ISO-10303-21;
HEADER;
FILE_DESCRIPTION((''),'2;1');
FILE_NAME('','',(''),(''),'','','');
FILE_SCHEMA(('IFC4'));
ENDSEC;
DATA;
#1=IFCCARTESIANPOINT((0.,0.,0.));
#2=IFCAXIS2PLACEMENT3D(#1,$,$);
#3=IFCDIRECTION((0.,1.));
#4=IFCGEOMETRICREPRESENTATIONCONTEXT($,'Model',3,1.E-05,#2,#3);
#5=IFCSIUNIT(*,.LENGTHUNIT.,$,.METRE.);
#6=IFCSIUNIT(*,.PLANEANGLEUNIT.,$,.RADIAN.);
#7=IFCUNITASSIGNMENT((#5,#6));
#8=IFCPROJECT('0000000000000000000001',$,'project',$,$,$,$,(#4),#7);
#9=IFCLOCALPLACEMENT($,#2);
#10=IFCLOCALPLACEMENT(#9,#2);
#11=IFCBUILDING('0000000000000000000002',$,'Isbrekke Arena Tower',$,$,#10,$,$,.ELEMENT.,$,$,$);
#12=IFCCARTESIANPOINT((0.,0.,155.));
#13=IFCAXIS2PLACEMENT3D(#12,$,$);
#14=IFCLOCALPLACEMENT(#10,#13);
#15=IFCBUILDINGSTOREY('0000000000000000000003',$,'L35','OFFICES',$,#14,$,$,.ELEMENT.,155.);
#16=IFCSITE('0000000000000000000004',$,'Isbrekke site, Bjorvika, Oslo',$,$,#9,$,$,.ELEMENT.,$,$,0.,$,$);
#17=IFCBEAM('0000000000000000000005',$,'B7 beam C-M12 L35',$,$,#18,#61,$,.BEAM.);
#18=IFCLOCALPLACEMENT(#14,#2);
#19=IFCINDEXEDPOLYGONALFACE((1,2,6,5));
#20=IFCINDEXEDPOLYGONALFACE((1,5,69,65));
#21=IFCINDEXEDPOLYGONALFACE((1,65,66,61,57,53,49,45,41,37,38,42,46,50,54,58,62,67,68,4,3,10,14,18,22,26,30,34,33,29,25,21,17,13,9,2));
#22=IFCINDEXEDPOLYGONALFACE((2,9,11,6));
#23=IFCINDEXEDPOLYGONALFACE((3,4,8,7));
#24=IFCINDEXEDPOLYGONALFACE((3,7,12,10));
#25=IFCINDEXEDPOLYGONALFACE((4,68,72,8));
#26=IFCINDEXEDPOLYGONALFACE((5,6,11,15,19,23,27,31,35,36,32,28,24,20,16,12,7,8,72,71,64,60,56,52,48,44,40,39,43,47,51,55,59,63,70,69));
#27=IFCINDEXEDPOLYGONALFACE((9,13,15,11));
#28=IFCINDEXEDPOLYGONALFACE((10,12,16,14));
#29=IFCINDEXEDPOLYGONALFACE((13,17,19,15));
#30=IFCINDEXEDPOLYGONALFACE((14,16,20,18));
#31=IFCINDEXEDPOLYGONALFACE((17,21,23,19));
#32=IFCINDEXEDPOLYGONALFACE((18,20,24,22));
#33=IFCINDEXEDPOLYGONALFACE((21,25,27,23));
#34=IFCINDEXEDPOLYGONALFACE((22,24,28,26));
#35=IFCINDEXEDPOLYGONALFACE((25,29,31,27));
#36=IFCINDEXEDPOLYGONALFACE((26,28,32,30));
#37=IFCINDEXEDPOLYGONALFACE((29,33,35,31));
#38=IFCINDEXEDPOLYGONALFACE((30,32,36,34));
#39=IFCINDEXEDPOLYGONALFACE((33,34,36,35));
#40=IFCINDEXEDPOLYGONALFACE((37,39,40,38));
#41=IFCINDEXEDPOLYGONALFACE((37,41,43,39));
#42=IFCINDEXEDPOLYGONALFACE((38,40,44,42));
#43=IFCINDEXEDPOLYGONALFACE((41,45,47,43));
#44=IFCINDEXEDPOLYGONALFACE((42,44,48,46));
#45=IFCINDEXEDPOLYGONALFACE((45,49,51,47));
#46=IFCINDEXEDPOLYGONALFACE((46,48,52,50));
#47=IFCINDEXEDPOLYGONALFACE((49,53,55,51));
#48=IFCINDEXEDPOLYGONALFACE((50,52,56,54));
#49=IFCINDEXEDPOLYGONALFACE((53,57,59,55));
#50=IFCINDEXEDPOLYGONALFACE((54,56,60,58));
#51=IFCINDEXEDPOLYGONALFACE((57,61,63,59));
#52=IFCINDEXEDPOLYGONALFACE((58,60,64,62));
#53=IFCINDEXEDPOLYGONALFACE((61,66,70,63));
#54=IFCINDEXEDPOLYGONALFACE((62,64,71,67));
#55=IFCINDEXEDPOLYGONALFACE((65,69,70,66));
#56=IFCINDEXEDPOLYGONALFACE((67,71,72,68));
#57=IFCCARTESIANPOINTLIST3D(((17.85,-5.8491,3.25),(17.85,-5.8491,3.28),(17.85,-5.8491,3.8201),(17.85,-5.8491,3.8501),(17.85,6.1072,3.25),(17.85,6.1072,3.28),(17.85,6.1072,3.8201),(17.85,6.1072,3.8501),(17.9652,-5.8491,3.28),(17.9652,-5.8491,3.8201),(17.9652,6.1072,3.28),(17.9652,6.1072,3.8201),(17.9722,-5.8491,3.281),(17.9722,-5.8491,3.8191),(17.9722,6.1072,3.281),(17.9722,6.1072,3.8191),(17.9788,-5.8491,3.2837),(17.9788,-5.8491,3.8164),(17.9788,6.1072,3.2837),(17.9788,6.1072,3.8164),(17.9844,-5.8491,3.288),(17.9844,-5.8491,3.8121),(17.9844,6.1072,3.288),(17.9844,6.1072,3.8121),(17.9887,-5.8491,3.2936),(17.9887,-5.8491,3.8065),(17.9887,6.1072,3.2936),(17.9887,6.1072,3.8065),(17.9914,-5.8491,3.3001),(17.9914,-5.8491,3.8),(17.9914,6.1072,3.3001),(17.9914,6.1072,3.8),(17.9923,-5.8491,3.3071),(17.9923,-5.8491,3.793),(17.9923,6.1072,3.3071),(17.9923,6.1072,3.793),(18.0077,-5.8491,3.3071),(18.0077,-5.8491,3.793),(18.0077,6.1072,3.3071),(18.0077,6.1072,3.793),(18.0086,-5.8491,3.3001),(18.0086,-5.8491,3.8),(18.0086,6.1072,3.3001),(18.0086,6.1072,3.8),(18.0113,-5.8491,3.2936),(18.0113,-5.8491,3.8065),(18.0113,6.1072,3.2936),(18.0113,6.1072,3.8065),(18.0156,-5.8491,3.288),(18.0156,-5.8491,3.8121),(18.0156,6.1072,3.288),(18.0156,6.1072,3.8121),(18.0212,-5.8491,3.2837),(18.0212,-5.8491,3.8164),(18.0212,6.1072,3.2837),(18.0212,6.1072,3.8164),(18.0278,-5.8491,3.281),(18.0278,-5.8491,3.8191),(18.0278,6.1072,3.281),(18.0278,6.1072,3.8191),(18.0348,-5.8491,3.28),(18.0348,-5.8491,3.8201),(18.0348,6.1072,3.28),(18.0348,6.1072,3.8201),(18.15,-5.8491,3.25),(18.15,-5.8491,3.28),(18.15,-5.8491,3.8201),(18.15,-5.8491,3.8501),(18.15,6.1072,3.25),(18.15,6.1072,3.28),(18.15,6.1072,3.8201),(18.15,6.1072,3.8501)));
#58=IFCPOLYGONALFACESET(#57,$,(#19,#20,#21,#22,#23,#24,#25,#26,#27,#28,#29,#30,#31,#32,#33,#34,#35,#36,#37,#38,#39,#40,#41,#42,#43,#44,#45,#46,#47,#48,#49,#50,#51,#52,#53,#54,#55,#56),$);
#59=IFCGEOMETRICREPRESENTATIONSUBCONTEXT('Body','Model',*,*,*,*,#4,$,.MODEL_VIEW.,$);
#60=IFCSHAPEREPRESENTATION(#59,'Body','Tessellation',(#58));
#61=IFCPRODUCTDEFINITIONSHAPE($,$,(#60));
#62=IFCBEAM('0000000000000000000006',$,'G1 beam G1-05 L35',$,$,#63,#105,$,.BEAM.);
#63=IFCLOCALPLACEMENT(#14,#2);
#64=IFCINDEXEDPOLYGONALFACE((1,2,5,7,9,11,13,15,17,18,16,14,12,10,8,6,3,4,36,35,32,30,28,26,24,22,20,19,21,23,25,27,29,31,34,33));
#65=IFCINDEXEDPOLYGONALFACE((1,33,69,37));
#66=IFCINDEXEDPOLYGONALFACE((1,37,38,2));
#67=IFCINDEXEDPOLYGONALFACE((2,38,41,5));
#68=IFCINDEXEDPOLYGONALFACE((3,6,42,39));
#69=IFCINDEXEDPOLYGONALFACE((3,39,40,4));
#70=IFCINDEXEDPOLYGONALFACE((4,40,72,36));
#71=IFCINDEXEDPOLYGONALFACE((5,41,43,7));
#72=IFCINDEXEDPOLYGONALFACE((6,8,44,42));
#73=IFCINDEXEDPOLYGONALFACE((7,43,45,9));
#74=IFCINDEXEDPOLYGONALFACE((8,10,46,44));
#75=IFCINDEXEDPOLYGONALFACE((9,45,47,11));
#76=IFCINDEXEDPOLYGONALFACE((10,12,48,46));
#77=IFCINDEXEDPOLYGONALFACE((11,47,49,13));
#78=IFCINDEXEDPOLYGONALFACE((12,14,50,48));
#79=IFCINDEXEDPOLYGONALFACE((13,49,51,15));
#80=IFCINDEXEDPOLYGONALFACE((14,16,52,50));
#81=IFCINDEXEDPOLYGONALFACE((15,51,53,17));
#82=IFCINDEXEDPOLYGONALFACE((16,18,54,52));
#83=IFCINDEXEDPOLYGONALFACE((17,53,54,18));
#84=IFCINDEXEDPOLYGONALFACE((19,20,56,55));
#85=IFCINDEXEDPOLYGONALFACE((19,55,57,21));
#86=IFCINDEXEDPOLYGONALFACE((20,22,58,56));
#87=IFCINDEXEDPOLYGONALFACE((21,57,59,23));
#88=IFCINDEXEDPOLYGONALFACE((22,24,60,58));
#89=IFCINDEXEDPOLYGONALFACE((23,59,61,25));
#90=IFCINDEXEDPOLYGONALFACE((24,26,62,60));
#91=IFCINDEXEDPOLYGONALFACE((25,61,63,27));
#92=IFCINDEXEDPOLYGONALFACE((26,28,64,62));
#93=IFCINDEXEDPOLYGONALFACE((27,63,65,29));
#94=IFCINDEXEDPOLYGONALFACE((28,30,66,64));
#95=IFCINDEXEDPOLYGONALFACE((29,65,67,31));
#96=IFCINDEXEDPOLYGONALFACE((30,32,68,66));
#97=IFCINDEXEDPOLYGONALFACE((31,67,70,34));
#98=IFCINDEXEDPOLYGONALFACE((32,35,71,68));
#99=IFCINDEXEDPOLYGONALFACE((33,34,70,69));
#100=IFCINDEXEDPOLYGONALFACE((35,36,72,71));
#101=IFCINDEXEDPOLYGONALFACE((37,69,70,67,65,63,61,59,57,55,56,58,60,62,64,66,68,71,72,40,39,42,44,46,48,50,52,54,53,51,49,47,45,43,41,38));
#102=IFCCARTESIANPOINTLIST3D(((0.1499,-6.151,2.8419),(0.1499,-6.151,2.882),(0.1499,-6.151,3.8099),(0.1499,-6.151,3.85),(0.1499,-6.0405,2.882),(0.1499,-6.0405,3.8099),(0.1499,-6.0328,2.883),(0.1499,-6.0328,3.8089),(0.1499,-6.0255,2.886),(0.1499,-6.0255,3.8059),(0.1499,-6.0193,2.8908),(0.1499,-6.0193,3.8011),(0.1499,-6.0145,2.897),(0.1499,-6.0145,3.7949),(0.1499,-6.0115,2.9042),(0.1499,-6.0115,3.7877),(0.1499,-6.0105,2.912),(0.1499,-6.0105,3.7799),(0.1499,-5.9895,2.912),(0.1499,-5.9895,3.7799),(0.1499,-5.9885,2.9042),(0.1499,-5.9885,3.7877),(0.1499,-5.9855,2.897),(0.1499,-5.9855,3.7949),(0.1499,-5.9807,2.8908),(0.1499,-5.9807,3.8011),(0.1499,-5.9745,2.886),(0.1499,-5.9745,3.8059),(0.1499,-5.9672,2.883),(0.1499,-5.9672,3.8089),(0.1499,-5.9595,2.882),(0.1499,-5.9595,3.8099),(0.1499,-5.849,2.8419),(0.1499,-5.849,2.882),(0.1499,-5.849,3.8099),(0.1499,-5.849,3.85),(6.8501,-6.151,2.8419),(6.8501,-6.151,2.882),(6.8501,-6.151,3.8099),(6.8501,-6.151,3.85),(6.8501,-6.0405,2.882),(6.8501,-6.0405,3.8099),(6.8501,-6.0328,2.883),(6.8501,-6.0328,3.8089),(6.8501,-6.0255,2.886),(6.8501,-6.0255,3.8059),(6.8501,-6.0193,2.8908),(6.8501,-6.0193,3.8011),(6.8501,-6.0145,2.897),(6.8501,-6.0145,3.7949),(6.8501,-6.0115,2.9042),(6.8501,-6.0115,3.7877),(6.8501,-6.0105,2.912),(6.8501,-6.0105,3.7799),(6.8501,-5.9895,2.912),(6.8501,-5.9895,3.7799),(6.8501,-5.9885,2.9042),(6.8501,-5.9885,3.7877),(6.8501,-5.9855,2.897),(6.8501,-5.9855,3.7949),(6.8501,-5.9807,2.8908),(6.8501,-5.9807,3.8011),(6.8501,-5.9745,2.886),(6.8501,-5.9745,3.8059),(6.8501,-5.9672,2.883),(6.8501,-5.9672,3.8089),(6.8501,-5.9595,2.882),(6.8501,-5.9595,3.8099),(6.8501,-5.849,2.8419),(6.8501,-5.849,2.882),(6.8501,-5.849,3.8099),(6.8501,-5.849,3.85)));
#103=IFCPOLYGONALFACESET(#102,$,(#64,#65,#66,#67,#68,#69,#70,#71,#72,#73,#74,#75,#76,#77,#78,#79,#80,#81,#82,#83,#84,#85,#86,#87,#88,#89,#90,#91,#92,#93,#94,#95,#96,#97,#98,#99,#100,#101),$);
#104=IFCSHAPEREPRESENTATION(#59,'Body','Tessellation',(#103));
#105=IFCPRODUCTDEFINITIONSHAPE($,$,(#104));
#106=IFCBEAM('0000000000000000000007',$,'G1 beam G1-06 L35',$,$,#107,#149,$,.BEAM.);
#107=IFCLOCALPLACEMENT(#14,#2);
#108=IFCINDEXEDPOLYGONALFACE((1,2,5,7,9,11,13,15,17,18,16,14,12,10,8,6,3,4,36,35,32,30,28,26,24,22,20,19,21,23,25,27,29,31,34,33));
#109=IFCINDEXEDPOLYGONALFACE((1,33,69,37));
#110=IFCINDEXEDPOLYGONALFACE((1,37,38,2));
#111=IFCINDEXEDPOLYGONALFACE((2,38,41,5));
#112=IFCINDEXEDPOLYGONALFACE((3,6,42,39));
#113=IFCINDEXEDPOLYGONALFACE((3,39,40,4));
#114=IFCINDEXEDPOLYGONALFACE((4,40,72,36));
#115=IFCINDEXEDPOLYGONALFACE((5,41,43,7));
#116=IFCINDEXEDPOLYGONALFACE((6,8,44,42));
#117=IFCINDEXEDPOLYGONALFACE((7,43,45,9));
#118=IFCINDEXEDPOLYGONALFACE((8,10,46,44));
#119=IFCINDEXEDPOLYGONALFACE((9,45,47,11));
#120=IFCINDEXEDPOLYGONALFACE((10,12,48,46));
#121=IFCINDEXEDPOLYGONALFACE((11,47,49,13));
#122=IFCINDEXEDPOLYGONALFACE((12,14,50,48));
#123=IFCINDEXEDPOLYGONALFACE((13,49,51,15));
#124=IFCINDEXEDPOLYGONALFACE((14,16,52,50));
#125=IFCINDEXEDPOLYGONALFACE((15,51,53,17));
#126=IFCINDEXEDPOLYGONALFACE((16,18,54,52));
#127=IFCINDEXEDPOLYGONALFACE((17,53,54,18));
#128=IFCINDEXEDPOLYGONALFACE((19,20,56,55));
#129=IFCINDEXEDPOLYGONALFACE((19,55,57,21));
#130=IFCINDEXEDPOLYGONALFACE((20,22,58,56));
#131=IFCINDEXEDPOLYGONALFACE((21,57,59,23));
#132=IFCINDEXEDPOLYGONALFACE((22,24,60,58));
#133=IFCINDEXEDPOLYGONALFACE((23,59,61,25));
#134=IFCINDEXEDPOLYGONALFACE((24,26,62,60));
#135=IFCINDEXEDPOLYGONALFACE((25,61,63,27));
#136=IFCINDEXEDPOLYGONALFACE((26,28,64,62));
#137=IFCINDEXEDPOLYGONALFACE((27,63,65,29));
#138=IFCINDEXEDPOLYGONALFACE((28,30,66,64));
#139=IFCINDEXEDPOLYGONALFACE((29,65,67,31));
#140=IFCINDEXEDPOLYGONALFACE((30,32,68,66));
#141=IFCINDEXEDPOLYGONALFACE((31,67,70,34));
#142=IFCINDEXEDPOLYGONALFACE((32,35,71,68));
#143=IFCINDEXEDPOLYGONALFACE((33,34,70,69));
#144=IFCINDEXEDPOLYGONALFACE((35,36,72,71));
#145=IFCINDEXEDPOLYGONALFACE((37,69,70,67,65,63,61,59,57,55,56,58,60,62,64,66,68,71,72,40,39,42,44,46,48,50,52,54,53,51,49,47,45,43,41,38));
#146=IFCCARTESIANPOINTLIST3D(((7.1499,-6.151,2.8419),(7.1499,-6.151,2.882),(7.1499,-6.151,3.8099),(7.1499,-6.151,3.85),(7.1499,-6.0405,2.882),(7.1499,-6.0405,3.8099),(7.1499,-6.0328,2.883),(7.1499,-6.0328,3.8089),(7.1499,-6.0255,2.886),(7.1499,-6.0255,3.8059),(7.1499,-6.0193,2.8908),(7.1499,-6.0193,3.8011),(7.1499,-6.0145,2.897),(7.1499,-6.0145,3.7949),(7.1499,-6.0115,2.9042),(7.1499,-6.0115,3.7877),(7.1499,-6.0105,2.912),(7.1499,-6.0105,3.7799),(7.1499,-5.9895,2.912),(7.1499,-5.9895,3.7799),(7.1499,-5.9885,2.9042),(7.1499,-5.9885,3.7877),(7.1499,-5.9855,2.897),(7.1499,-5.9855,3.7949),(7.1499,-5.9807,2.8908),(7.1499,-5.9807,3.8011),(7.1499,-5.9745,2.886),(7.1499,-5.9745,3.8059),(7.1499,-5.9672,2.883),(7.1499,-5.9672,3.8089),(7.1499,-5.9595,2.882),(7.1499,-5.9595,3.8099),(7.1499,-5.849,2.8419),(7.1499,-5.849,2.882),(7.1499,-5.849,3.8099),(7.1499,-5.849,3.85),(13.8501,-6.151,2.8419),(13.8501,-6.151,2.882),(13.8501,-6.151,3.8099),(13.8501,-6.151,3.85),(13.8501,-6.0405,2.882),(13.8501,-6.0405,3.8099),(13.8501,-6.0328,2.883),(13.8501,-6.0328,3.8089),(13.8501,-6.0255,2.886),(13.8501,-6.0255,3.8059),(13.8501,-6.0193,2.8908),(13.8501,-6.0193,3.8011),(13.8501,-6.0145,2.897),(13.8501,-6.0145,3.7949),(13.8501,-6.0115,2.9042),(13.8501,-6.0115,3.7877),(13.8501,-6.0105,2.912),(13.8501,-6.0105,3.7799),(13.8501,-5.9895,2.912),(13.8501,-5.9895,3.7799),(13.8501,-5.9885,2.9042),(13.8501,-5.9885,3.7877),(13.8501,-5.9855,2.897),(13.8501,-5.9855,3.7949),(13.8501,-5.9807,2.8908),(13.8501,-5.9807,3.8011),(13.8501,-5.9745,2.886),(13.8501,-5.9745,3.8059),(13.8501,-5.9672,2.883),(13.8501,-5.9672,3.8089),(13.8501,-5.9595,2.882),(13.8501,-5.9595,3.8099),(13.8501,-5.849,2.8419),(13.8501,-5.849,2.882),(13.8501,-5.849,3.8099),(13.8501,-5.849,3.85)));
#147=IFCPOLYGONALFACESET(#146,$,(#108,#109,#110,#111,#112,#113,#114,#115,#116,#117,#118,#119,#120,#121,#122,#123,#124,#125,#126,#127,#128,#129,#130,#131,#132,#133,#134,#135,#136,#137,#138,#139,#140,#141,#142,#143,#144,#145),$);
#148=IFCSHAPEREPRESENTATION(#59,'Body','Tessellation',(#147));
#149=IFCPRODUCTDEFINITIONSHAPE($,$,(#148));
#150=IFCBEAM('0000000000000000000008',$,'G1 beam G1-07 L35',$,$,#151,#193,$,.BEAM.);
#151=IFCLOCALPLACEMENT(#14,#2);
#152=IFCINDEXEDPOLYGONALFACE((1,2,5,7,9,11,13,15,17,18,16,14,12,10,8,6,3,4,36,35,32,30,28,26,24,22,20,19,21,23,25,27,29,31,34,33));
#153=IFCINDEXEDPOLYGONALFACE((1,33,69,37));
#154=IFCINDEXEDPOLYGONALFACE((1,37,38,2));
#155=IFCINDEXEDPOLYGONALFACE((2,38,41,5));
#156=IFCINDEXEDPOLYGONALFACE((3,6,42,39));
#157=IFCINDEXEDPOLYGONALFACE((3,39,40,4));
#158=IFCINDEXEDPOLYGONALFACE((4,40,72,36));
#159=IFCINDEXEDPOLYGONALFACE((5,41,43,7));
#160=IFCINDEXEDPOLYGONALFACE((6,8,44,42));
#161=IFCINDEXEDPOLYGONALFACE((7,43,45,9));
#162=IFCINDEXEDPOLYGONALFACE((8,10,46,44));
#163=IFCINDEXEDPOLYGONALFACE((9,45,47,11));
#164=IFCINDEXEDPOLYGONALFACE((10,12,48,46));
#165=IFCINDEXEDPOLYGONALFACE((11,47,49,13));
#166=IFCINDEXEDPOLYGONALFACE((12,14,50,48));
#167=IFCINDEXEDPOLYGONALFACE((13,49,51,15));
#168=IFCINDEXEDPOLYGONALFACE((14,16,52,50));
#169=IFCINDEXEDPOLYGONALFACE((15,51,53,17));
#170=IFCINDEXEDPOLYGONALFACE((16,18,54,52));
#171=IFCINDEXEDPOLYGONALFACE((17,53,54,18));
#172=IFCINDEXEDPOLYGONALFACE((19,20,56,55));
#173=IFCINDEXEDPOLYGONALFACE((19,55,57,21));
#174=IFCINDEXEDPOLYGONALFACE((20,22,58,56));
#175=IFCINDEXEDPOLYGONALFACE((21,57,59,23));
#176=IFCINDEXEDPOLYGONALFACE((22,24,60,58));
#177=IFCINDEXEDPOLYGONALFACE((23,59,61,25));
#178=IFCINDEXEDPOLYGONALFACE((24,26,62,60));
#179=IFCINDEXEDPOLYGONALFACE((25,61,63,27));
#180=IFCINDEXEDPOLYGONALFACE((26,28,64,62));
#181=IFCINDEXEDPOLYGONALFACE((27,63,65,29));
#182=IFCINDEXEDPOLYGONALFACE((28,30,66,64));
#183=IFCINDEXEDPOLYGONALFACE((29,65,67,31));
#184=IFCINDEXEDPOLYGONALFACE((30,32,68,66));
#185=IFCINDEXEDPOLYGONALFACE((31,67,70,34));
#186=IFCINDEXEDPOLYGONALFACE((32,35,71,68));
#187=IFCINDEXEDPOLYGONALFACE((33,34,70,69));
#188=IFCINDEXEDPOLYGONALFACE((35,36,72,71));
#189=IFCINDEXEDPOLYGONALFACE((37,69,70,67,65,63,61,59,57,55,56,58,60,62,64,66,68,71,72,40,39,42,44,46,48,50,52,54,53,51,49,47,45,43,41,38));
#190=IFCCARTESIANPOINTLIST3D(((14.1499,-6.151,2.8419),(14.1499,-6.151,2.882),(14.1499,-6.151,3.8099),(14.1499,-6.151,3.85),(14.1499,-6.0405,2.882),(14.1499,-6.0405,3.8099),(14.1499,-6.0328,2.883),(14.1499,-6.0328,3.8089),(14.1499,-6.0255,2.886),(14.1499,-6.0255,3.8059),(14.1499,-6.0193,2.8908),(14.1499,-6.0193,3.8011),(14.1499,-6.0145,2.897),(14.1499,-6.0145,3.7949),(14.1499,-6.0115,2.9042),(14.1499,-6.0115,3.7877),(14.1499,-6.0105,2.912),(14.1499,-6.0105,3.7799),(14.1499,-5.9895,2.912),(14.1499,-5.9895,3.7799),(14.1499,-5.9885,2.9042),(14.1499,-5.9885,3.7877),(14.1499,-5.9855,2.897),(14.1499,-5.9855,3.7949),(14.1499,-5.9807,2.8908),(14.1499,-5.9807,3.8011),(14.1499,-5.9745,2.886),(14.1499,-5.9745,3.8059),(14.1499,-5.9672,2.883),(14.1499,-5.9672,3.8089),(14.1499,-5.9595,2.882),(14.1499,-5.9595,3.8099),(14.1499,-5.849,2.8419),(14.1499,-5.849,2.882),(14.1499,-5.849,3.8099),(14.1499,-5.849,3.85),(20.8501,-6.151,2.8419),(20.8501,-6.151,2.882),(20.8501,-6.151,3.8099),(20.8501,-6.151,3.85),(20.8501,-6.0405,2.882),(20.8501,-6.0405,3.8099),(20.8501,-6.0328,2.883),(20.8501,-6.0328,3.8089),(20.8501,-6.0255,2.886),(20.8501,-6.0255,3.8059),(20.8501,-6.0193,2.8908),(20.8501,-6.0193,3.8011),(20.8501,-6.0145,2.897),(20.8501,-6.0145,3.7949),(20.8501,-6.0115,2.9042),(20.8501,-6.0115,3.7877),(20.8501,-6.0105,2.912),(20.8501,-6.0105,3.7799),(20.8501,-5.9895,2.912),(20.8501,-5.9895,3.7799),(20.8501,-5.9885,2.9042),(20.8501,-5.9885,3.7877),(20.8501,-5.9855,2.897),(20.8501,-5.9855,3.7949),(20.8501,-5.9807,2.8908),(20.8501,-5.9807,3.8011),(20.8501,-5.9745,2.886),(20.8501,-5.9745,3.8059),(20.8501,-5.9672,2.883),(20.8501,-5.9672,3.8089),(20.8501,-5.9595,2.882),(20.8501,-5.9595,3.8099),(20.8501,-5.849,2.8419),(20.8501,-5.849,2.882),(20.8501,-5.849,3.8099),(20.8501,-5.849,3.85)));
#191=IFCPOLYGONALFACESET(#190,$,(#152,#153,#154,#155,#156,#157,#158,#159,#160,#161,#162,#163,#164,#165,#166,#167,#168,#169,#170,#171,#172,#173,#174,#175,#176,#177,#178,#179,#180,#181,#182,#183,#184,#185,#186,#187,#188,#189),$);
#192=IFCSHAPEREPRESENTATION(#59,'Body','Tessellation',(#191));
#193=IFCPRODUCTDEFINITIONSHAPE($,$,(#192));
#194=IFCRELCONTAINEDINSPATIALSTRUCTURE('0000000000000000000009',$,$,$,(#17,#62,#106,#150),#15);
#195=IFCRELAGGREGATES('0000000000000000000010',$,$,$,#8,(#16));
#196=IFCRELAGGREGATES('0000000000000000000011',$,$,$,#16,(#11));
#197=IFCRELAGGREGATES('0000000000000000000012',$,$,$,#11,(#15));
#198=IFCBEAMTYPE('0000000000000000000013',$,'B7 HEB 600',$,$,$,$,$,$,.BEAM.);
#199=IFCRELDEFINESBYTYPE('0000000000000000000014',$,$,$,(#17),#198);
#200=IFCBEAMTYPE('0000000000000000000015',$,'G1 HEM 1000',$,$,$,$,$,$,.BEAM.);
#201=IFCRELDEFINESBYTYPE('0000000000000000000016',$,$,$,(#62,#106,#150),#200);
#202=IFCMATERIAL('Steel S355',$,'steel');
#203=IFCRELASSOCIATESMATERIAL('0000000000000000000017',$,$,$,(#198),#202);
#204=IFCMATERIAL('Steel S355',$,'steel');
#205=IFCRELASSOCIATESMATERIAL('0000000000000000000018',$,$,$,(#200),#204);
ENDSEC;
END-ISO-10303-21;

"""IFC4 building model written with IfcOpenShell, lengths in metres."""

from ifc_helpers import new_model, si_unit, direction, frame, origin, origin_2d, place, context, subcontext, project, spatial, i_section, extrude, material, material_profile, profile_set, type_object, element, save


model = new_model("IFC4")

# Units and contexts
model_context = context("Model", 3, precision=1e-05, world=origin(), true_north=direction((0.0, 1.0)))
body_context = subcontext(model_context, "Body", "Model", "MODEL_VIEW")
ifc_project = project(units=[si_unit("LENGTHUNIT", "METRE"), si_unit("PLANEANGLEUNIT", "RADIAN")], contexts=[model_context])

# Site, building, storey
site_placement = place(None, origin())
site = spatial("IfcSite", under=ifc_project, at=site_placement, Name="Isbrekke site, Bjorvika, Oslo", CompositionType="ELEMENT", RefElevation=0.0)
building_placement = place(site_placement, origin())
building = spatial("IfcBuilding", under=site, at=building_placement, Name="Isbrekke Arena Tower", CompositionType="ELEMENT")
storey_placement = place(building_placement, frame((0.0, 0.0, 155.0)))
storey = spatial("IfcBuildingStorey", under=building, at=storey_placement, Name="L35", Description="OFFICES", CompositionType="ELEMENT", Elevation=155.0)

# Beams
ifc_material_1 = material(Name="Steel S355", Category="steel")
ifc_material_profile_1 = material_profile(ifc_material_1, i_section(OverallWidth=0.3, OverallDepth=0.6001, WebThickness=0.0154, FlangeThickness=0.03, FilletRadius=0.0271, at=origin_2d()), Name="HEB 600")
ifc_profile_set_1 = profile_set([ifc_material_profile_1], Name="Steel S355")
beam_type_1 = type_object("IfcBeamType", Name="B7 HEB 600", PredefinedType="BEAM", material=ifc_profile_set_1)
beam_1_placement = place(storey_placement, frame((18.0, -5.8491, 3.55), z_axis=(0.0, 1.0, 0.0), x_axis=(-1.0, 0.0, 0.0)))
element("IfcBeam", 1, at=beam_1_placement, inside=storey, type_object=beam_type_1, Name="B7 beam C-M12 L35", PredefinedType="BEAM", context=body_context, shape_type="SweptSolid", body=[
    extrude(i_section(OverallWidth=0.3, OverallDepth=0.6001, WebThickness=0.0154, FlangeThickness=0.03, FilletRadius=0.0271, at=origin_2d()), origin(), (0.0, 0.0, 1.0), 11.9563),
])
ifc_material_2 = material(Name="Steel S355", Category="steel")
ifc_material_profile_2 = material_profile(ifc_material_2, i_section(OverallWidth=0.302, OverallDepth=1.0081, WebThickness=0.021, FlangeThickness=0.04, FilletRadius=0.03, at=origin_2d()), Name="HEM 1000")
ifc_profile_set_2 = profile_set([ifc_material_profile_2], Name="Steel S355")
beam_type_2 = type_object("IfcBeamType", Name="G1 HEM 1000", PredefinedType="BEAM", material=ifc_profile_set_2)
for number, where, z_axis, x_axis, name in (
    (2, (0.1499, -6.0, 3.3459), (1.0, 0.0, 0.0), (0.0, 1.0, 0.0), "G1 beam G1-05 L35"),
    (3, (7.1499, -6.0, 3.3459), (1.0, 0.0, 0.0), (0.0, 1.0, 0.0), "G1 beam G1-06 L35"),
    (4, (14.1499, -6.0, 3.3459), (1.0, 0.0, 0.0), (0.0, 1.0, 0.0), "G1 beam G1-07 L35"),
):
    element("IfcBeam", number, at=place(storey_placement, frame(where, z_axis=z_axis, x_axis=x_axis)), inside=storey, type_object=beam_type_2, Name=name, PredefinedType="BEAM", context=body_context, shape_type="SweptSolid", body=[
        extrude(i_section(OverallWidth=0.302, OverallDepth=1.0081, WebThickness=0.021, FlangeThickness=0.04, FilletRadius=0.03, at=origin_2d()), origin(), (0.0, 0.0, 1.0), 6.7002),
    ])

save(model, "model.ifc")
